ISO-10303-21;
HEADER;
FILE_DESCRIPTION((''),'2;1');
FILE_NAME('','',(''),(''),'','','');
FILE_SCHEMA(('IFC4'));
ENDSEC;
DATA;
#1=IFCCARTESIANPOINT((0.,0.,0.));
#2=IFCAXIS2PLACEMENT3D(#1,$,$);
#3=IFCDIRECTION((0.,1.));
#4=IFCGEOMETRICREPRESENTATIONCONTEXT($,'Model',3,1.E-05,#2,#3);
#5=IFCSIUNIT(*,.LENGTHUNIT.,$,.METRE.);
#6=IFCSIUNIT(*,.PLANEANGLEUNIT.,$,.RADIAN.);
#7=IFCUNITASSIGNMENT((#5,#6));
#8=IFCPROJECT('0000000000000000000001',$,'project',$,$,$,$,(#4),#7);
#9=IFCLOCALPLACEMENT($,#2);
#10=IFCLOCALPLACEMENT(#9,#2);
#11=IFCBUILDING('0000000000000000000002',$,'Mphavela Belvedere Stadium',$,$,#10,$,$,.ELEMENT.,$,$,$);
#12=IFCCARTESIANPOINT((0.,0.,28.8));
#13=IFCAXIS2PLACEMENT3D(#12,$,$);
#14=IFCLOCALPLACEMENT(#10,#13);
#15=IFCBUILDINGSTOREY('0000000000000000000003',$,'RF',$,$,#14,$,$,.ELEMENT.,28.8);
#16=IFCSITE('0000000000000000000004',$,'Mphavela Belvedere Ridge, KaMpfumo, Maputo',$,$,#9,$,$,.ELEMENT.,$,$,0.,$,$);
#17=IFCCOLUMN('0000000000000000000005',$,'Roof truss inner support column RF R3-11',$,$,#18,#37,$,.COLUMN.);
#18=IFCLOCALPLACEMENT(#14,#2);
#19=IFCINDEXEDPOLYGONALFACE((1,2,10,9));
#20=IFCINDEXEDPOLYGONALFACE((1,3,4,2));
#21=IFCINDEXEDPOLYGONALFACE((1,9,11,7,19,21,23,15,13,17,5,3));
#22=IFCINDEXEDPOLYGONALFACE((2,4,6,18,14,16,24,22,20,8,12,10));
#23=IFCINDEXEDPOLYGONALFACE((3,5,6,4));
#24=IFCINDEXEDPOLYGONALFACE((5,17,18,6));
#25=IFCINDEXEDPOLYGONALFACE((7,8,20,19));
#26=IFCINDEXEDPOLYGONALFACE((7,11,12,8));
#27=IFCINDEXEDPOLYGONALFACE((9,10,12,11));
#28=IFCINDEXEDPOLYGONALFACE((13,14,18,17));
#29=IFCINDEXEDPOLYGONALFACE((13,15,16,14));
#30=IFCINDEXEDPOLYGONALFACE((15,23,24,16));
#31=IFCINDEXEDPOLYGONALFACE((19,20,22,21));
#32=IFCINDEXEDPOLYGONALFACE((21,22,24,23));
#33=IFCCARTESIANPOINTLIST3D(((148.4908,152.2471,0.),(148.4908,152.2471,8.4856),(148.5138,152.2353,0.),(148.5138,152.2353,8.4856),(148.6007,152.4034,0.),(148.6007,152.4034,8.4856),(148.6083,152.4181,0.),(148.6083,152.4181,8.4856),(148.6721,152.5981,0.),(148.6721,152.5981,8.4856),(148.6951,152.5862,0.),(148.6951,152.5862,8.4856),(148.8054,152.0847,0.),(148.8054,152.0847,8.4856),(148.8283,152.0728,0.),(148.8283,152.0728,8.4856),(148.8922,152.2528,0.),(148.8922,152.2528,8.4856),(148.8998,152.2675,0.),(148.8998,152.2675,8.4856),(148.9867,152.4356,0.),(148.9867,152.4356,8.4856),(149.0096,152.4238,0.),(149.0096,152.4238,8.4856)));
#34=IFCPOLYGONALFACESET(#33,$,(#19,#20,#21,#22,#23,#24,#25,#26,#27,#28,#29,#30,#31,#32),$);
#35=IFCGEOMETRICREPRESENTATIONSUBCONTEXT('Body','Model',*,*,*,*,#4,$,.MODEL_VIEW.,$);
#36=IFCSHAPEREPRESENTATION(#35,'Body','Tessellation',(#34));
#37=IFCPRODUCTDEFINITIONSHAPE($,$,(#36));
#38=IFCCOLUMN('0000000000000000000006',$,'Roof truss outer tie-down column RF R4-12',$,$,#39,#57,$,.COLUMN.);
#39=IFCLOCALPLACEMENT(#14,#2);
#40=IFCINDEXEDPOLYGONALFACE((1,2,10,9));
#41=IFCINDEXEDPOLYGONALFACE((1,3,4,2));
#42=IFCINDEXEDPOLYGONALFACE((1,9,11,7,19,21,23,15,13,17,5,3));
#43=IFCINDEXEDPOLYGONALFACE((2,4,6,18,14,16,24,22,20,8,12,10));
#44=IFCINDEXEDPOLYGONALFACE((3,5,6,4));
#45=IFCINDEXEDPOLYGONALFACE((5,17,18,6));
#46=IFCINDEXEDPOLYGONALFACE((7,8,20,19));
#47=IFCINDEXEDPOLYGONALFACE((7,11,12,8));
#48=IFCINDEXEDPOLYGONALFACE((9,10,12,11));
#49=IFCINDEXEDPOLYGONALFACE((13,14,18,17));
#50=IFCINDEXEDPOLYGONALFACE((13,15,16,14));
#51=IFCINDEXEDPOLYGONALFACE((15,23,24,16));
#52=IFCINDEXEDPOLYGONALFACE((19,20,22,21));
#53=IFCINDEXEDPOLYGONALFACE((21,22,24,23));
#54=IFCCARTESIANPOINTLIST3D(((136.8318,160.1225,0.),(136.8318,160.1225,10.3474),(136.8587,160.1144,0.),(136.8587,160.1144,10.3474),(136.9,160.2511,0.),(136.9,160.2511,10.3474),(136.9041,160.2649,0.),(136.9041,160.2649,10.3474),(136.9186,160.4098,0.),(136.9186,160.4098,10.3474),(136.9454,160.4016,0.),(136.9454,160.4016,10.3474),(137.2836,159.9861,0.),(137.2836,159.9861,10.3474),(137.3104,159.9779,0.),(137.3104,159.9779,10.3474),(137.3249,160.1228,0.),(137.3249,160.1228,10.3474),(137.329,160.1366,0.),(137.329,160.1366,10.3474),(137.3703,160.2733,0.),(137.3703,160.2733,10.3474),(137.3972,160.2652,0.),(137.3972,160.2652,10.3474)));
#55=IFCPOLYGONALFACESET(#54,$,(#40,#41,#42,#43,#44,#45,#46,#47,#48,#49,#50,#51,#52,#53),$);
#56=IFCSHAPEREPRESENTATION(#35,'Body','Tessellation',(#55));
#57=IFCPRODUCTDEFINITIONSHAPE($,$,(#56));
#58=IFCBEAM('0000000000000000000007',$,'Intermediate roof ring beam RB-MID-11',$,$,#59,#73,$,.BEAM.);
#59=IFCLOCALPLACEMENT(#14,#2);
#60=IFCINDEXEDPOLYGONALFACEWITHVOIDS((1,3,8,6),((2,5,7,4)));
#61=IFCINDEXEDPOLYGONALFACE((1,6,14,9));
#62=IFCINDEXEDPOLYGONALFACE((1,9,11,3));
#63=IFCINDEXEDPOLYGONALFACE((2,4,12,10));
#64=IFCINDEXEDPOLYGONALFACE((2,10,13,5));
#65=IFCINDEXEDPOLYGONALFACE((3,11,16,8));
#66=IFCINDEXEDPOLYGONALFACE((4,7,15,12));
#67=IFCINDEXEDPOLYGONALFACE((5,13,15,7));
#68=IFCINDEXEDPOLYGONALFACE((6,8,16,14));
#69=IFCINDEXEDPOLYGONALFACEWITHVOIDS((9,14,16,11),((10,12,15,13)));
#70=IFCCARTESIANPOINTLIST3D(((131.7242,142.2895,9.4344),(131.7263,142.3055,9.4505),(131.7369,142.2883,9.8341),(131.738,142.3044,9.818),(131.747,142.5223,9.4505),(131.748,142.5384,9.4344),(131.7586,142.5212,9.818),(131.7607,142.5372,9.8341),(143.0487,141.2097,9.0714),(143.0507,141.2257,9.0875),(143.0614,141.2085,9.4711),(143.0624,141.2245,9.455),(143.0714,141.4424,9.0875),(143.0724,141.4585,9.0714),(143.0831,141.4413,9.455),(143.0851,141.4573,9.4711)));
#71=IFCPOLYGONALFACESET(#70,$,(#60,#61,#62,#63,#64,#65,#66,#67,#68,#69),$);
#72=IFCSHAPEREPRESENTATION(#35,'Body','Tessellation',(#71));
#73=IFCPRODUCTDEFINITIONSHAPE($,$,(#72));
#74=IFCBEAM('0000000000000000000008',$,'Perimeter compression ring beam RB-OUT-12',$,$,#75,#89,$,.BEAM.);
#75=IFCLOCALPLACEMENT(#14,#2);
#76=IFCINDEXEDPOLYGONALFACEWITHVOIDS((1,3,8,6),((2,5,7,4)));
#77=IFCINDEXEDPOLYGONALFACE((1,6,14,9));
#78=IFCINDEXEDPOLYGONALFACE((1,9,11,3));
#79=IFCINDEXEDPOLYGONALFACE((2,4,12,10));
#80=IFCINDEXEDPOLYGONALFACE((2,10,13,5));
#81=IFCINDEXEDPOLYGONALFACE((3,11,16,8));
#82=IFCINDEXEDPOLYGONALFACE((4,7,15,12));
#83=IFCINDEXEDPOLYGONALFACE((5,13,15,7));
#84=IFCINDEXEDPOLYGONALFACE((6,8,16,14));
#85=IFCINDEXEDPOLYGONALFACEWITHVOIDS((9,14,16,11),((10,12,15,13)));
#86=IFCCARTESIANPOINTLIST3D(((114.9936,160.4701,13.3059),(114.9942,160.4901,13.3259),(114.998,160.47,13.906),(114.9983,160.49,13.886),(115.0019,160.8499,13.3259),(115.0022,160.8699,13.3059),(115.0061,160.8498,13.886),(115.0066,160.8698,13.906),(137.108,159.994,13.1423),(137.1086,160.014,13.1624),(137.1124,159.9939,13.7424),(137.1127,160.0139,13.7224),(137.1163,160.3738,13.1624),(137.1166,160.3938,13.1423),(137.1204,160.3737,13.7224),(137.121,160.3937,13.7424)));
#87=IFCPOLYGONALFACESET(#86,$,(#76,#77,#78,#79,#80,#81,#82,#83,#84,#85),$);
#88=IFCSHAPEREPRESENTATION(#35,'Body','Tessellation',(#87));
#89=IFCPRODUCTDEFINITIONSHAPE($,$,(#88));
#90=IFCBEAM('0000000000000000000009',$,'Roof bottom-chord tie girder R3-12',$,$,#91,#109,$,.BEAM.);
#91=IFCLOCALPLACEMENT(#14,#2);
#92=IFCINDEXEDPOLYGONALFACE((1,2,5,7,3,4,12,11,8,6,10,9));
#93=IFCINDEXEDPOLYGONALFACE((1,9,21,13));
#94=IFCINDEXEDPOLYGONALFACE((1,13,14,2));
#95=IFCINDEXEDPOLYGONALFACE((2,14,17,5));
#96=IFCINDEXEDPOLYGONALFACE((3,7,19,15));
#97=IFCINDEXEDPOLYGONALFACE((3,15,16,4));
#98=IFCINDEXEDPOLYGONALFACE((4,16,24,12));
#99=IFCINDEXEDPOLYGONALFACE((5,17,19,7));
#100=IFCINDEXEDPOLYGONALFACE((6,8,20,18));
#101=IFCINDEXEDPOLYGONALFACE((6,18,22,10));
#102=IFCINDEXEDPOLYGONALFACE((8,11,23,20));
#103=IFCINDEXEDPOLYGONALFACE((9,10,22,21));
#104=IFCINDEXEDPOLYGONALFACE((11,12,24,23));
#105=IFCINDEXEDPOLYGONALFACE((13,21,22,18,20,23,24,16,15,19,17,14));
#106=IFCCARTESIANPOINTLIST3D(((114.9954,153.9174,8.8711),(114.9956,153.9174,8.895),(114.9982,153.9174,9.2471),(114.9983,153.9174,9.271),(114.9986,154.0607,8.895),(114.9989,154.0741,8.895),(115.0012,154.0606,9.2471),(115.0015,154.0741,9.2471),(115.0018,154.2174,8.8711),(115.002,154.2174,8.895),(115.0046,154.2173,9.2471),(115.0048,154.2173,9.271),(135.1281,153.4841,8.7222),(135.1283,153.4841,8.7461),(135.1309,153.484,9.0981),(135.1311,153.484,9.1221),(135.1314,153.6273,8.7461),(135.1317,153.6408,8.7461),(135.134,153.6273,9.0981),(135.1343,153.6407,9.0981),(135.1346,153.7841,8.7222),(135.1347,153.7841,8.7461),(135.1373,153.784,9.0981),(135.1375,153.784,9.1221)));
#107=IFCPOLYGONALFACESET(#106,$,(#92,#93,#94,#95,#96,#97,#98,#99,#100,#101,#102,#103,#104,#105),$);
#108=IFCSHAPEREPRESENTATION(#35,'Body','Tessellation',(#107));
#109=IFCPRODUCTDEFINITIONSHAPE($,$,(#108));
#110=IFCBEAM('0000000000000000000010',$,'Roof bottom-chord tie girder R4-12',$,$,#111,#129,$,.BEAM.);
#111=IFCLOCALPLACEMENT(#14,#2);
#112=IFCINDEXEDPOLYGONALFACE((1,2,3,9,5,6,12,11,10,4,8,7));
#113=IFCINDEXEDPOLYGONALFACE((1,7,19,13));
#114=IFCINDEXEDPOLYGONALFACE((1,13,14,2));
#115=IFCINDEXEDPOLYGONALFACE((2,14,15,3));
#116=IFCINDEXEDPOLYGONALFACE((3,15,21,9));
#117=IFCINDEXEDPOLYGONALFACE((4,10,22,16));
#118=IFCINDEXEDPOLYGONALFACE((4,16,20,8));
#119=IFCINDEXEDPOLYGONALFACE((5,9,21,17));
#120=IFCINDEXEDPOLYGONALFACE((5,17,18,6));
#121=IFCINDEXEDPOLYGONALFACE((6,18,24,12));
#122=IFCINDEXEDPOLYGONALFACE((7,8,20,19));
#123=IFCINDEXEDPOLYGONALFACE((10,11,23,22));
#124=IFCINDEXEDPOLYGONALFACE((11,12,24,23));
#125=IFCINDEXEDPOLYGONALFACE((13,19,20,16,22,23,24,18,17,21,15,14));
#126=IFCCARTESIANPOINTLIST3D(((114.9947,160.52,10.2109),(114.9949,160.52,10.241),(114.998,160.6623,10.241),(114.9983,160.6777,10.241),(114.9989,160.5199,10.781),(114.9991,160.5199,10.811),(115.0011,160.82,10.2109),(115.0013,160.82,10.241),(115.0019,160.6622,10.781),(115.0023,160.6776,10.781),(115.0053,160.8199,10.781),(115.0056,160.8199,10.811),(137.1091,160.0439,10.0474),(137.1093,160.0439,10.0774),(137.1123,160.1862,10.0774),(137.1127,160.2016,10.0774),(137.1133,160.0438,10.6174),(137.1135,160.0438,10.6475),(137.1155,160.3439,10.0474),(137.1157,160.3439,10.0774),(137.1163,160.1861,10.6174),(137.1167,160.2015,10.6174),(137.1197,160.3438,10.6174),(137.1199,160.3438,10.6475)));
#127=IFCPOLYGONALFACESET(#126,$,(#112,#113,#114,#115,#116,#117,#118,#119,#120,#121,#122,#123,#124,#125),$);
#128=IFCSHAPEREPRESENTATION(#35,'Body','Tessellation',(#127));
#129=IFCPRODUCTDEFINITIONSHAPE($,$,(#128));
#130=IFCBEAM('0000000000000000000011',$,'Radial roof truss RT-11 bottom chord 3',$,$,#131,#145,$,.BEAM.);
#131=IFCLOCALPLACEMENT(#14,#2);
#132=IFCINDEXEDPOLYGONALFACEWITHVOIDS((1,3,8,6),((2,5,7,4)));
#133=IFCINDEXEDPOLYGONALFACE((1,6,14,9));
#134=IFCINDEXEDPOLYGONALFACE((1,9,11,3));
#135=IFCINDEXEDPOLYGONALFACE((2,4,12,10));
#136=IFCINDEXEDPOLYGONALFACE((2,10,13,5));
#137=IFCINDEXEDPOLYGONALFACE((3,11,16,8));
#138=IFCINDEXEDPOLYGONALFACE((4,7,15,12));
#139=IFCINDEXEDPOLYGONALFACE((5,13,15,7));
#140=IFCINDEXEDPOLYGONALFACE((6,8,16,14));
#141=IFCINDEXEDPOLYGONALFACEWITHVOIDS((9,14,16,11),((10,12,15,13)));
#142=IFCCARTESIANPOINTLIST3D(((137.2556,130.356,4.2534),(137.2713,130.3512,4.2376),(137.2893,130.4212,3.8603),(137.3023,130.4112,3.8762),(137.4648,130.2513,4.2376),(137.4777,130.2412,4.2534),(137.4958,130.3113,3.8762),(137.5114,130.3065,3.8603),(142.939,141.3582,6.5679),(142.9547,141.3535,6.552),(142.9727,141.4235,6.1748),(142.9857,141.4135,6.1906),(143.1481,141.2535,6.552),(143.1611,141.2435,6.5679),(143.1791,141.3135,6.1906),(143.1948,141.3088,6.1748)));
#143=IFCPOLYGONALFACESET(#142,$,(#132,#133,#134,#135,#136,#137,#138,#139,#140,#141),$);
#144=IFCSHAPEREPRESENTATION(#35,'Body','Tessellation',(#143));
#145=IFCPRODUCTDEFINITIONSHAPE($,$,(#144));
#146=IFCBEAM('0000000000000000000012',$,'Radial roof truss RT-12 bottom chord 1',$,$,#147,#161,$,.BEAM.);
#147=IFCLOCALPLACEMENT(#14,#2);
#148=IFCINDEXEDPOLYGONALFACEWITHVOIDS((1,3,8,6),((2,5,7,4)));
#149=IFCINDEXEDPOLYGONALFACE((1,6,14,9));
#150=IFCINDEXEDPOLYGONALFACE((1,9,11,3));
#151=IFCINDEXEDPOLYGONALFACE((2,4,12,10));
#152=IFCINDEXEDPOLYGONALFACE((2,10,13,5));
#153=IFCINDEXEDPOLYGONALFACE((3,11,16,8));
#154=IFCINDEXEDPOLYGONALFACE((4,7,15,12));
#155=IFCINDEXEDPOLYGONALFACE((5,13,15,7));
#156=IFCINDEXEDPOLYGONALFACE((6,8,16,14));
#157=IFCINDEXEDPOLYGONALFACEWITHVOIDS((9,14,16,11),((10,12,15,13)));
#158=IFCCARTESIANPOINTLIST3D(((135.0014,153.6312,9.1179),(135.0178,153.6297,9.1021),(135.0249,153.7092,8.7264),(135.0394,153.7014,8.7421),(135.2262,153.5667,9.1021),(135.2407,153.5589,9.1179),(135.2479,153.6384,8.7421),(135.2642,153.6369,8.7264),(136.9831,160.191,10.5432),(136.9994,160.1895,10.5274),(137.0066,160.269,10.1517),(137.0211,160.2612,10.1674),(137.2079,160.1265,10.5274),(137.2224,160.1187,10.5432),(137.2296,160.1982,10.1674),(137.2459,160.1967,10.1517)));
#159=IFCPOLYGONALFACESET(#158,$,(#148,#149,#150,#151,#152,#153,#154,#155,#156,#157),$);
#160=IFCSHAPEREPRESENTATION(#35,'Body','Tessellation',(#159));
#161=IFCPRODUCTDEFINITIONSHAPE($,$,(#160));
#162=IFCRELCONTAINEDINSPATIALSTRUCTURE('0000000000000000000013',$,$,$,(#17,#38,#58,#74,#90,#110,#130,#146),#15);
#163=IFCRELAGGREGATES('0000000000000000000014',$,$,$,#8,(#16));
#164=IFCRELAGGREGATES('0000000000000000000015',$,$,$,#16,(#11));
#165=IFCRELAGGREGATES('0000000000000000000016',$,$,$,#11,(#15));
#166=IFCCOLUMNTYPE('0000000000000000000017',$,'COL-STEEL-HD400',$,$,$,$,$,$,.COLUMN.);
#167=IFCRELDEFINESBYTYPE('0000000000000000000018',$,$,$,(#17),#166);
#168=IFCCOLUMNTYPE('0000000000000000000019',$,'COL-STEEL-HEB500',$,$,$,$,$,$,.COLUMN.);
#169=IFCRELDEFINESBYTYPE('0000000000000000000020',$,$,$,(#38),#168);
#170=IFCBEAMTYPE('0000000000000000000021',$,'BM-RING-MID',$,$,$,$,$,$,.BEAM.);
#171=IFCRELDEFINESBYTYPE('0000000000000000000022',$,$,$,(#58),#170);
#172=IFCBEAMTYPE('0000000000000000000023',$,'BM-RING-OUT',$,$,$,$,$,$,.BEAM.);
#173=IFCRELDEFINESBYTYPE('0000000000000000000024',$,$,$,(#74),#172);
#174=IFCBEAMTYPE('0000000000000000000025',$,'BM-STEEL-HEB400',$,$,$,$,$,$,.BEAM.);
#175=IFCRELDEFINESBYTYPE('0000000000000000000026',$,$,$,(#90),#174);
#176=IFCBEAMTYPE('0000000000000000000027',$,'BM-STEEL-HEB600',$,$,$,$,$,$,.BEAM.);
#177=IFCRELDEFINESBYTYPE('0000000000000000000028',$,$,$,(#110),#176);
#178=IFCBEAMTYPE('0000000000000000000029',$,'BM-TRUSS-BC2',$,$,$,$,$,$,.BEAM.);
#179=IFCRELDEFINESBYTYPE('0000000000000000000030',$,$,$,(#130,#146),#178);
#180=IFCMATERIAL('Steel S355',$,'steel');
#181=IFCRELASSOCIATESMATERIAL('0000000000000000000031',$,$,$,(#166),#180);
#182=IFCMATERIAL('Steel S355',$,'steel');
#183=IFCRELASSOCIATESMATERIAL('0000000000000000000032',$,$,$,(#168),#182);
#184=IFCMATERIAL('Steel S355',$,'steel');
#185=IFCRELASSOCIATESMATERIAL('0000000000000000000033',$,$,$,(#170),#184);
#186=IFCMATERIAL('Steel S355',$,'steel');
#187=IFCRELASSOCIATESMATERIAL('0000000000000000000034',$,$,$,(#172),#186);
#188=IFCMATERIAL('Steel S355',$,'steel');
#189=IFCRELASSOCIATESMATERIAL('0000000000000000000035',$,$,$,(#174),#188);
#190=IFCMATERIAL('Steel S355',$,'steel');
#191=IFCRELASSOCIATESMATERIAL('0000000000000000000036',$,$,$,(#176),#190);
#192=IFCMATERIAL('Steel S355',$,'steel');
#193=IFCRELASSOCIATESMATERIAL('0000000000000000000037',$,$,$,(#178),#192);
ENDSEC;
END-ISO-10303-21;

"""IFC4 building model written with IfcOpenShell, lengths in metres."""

from ifc_helpers import new_model, si_unit, direction, frame, origin, origin_2d, place, context, subcontext, project, spatial, hollow_rectangle, i_section, extrude, material, material_profile, profile_set, type_object, element, save


model = new_model("IFC4")

# Units and contexts
model_context = context("Model", 3, precision=1e-05, world=origin(), true_north=direction((0.0, 1.0)))
body_context = subcontext(model_context, "Body", "Model", "MODEL_VIEW")
ifc_project = project(units=[si_unit("LENGTHUNIT", "METRE"), si_unit("PLANEANGLEUNIT", "RADIAN")], contexts=[model_context])

# Site, building, storey
site_placement = place(None, origin())
site = spatial("IfcSite", under=ifc_project, at=site_placement, Name="Mphavela Belvedere Ridge, KaMpfumo, Maputo", CompositionType="ELEMENT", RefElevation=0.0)
building_placement = place(site_placement, origin())
building = spatial("IfcBuilding", under=site, at=building_placement, Name="Mphavela Belvedere Stadium", CompositionType="ELEMENT")
storey_placement = place(building_placement, frame((0.0, 0.0, 28.8)))
storey = spatial("IfcBuildingStorey", under=building, at=storey_placement, Name="RF", CompositionType="ELEMENT", Elevation=28.8)

# Columns
ifc_material_1 = material(Name="Steel S355", Category="steel")
ifc_material_profile_1 = material_profile(ifc_material_1, i_section(OverallWidth=0.395, OverallDepth=0.3799, WebThickness=0.0166, FlangeThickness=0.0259, at=origin_2d()), Name="HD 400x237")
ifc_profile_set_1 = profile_set([ifc_material_profile_1], Name="Steel S355")
column_type_1 = type_object("IfcColumnType", Name="COL-STEEL-HD400", PredefinedType="COLUMN", material=ifc_profile_set_1)
column_1_placement = place(storey_placement, frame((148.7502, 152.3354, 0.0), z_axis=(0.0, 0.0, 1.0), x_axis=(0.45896, 0.888457, 0.0)))
element("IfcColumn", 1, at=column_1_placement, inside=storey, type_object=column_type_1, Name="Roof truss inner support column RF R3-11", PredefinedType="COLUMN", context=body_context, shape_type="SweptSolid", body=[
    extrude(i_section(OverallWidth=0.395, OverallDepth=0.3799, WebThickness=0.0166, FlangeThickness=0.0259, at=origin_2d()), origin(), (0.0, 0.0, 1.0), 8.4856),
])
ifc_material_2 = material(Name="Steel S355", Category="steel")
ifc_material_profile_2 = material_profile(ifc_material_2, i_section(OverallWidth=0.3, OverallDepth=0.5, WebThickness=0.0144, FlangeThickness=0.0281, at=origin_2d()), Name="HEB 500")
ifc_profile_set_2 = profile_set([ifc_material_profile_2], Name="Steel S355")
column_type_2 = type_object("IfcColumnType", Name="COL-STEEL-HEB500", PredefinedType="COLUMN", material=ifc_profile_set_2)
column_2_placement = place(storey_placement, frame((137.1145, 160.1938, 0.0), z_axis=(0.0, 0.0, 1.0), x_axis=(0.289199, 0.957269, 0.0)))
element("IfcColumn", 2, at=column_2_placement, inside=storey, type_object=column_type_2, Name="Roof truss outer tie-down column RF R4-12", PredefinedType="COLUMN", context=body_context, shape_type="SweptSolid", body=[
    extrude(i_section(OverallWidth=0.3, OverallDepth=0.5, WebThickness=0.0144, FlangeThickness=0.0281, at=origin_2d()), origin(), (0.0, 0.0, 1.0), 10.3474),
])

# Beams
ifc_material_3 = material(Name="Steel S355", Category="steel")
ifc_material_profile_3 = material_profile(ifc_material_3, hollow_rectangle(XDim=0.25, YDim=0.3999, WallThickness=0.0161, at=origin_2d()), Name="RHS 400x250x16")
ifc_profile_set_3 = profile_set([ifc_material_profile_3], Name="Steel S355")
beam_type_1 = type_object("IfcBeamType", Name="BM-RING-MID", PredefinedType="BEAM", material=ifc_profile_set_3)
beam_1_placement = place(storey_placement, frame((143.0669, 141.3335, 9.2712), z_axis=(-0.994978, 0.094875, 0.031897), x_axis=(-0.094924, -0.995485, 0.0)))
element("IfcBeam", 3, at=beam_1_placement, inside=storey, type_object=beam_type_1, Name="Intermediate roof ring beam RB-MID-11", PredefinedType="BEAM", context=body_context, shape_type="SweptSolid", body=[
    extrude(hollow_rectangle(XDim=0.25, YDim=0.3999, WallThickness=0.0161, at=origin_2d()), origin(), (0.0, 0.0, 1.0), 11.3816),
])
ifc_material_4 = material(Name="Steel S355", Category="steel")
ifc_material_profile_4 = material_profile(ifc_material_4, hollow_rectangle(XDim=0.3999, YDim=0.6001, WallThickness=0.02, at=origin_2d()), Name="RHS 600x400x20")
ifc_profile_set_4 = profile_set([ifc_material_profile_4], Name="Steel S355")
beam_type_2 = type_object("IfcBeamType", Name="BM-RING-OUT", PredefinedType="BEAM", material=ifc_profile_set_4)
beam_2_placement = place(storey_placement, frame((137.1145, 160.1938, 13.4424), z_axis=(-0.999741, 0.021522, 0.007395), x_axis=(-0.021523, -0.999768, 0.0)))
element("IfcBeam", 4, at=beam_2_placement, inside=storey, type_object=beam_type_2, Name="Perimeter compression ring beam RB-OUT-12", PredefinedType="BEAM", context=body_context, shape_type="SweptSolid", body=[
    extrude(hollow_rectangle(XDim=0.3999, YDim=0.6001, WallThickness=0.02, at=origin_2d()), origin(), (0.0, 0.0, 1.0), 22.1201),
])
ifc_material_5 = material(Name="Steel S355", Category="steel")
ifc_material_profile_5 = material_profile(ifc_material_5, i_section(OverallWidth=0.3, OverallDepth=0.3999, WebThickness=0.0134, FlangeThickness=0.0239, at=origin_2d()), Name="HEB 400")
ifc_profile_set_5 = profile_set([ifc_material_profile_5], Name="Steel S355")
beam_type_3 = type_object("IfcBeamType", Name="BM-STEEL-HEB400", PredefinedType="BEAM", material=ifc_profile_set_5)
beam_3_placement = place(storey_placement, frame((135.1328, 153.634, 8.9221), z_axis=(-0.999741, 0.021519, 0.007395), x_axis=(-0.02152, -0.999768, 0.0)))
element("IfcBeam", 5, at=beam_3_placement, inside=storey, type_object=beam_type_3, Name="Roof bottom-chord tie girder R3-12", PredefinedType="BEAM", context=body_context, shape_type="SweptSolid", body=[
    extrude(i_section(OverallWidth=0.3, OverallDepth=0.3999, WebThickness=0.0134, FlangeThickness=0.0239, at=origin_2d()), origin(), (0.0, 0.0, 1.0), 20.1379),
])
ifc_material_6 = material(Name="Steel S355", Category="steel")
ifc_material_profile_6 = material_profile(ifc_material_6, i_section(OverallWidth=0.3, OverallDepth=0.6001, WebThickness=0.0154, FlangeThickness=0.03, at=origin_2d()), Name="HEB 600")
ifc_profile_set_6 = profile_set([ifc_material_profile_6], Name="Steel S355")
beam_type_4 = type_object("IfcBeamType", Name="BM-STEEL-HEB600", PredefinedType="BEAM", material=ifc_profile_set_6)
beam_4_placement = place(storey_placement, frame((137.1145, 160.1938, 10.3474), z_axis=(-0.999741, 0.021522, 0.007395), x_axis=(-0.021523, -0.999768, 0.0)))
element("IfcBeam", 6, at=beam_4_placement, inside=storey, type_object=beam_type_4, Name="Roof bottom-chord tie girder R4-12", PredefinedType="BEAM", context=body_context, shape_type="SweptSolid", body=[
    extrude(i_section(OverallWidth=0.3, OverallDepth=0.6001, WebThickness=0.0154, FlangeThickness=0.03, at=origin_2d()), origin(), (0.0, 0.0, 1.0), 22.1201),
])
ifc_material_7 = material(Name="Steel S355", Category="steel")
ifc_material_profile_7 = material_profile(ifc_material_7, hollow_rectangle(XDim=0.25, YDim=0.3999, WallThickness=0.0161, at=origin_2d()), Name="RHS 400x250x16")
ifc_profile_set_7 = profile_set([ifc_material_profile_7], Name="Steel S355")
beam_type_5 = type_object("IfcBeamType", Name="BM-TRUSS-BC2", PredefinedType="BEAM", material=ifc_profile_set_7)
beam_5_placement = place(storey_placement, frame((143.0669, 141.3335, 6.3713), z_axis=(-0.451137, -0.87334, -0.183718), x_axis=(0.888463, -0.458949, 0.0)))
element("IfcBeam", 7, at=beam_5_placement, inside=storey, type_object=beam_type_5, Name="Radial roof truss RT-11 bottom chord 3", PredefinedType="BEAM", context=body_context, shape_type="SweptSolid", body=[
    extrude(hollow_rectangle(XDim=0.25, YDim=0.3999, WallThickness=0.0161, at=origin_2d()), origin(), (0.0, 0.0, 1.0), 12.5979),
])
beam_6_placement = place(storey_placement, frame((137.1145, 160.1938, 10.3474), z_axis=(-0.283128, -0.937215, -0.203635), x_axis=(0.957272, -0.289188, 0.0)))
element("IfcBeam", 8, at=beam_6_placement, inside=storey, type_object=beam_type_5, Name="Radial roof truss RT-12 bottom chord 1", PredefinedType="BEAM", context=body_context, shape_type="SweptSolid", body=[
    extrude(hollow_rectangle(XDim=0.25, YDim=0.3999, WallThickness=0.0161, at=origin_2d()), origin(), (0.0, 0.0, 1.0), 6.9993),
])

save(model, "model.ifc")
